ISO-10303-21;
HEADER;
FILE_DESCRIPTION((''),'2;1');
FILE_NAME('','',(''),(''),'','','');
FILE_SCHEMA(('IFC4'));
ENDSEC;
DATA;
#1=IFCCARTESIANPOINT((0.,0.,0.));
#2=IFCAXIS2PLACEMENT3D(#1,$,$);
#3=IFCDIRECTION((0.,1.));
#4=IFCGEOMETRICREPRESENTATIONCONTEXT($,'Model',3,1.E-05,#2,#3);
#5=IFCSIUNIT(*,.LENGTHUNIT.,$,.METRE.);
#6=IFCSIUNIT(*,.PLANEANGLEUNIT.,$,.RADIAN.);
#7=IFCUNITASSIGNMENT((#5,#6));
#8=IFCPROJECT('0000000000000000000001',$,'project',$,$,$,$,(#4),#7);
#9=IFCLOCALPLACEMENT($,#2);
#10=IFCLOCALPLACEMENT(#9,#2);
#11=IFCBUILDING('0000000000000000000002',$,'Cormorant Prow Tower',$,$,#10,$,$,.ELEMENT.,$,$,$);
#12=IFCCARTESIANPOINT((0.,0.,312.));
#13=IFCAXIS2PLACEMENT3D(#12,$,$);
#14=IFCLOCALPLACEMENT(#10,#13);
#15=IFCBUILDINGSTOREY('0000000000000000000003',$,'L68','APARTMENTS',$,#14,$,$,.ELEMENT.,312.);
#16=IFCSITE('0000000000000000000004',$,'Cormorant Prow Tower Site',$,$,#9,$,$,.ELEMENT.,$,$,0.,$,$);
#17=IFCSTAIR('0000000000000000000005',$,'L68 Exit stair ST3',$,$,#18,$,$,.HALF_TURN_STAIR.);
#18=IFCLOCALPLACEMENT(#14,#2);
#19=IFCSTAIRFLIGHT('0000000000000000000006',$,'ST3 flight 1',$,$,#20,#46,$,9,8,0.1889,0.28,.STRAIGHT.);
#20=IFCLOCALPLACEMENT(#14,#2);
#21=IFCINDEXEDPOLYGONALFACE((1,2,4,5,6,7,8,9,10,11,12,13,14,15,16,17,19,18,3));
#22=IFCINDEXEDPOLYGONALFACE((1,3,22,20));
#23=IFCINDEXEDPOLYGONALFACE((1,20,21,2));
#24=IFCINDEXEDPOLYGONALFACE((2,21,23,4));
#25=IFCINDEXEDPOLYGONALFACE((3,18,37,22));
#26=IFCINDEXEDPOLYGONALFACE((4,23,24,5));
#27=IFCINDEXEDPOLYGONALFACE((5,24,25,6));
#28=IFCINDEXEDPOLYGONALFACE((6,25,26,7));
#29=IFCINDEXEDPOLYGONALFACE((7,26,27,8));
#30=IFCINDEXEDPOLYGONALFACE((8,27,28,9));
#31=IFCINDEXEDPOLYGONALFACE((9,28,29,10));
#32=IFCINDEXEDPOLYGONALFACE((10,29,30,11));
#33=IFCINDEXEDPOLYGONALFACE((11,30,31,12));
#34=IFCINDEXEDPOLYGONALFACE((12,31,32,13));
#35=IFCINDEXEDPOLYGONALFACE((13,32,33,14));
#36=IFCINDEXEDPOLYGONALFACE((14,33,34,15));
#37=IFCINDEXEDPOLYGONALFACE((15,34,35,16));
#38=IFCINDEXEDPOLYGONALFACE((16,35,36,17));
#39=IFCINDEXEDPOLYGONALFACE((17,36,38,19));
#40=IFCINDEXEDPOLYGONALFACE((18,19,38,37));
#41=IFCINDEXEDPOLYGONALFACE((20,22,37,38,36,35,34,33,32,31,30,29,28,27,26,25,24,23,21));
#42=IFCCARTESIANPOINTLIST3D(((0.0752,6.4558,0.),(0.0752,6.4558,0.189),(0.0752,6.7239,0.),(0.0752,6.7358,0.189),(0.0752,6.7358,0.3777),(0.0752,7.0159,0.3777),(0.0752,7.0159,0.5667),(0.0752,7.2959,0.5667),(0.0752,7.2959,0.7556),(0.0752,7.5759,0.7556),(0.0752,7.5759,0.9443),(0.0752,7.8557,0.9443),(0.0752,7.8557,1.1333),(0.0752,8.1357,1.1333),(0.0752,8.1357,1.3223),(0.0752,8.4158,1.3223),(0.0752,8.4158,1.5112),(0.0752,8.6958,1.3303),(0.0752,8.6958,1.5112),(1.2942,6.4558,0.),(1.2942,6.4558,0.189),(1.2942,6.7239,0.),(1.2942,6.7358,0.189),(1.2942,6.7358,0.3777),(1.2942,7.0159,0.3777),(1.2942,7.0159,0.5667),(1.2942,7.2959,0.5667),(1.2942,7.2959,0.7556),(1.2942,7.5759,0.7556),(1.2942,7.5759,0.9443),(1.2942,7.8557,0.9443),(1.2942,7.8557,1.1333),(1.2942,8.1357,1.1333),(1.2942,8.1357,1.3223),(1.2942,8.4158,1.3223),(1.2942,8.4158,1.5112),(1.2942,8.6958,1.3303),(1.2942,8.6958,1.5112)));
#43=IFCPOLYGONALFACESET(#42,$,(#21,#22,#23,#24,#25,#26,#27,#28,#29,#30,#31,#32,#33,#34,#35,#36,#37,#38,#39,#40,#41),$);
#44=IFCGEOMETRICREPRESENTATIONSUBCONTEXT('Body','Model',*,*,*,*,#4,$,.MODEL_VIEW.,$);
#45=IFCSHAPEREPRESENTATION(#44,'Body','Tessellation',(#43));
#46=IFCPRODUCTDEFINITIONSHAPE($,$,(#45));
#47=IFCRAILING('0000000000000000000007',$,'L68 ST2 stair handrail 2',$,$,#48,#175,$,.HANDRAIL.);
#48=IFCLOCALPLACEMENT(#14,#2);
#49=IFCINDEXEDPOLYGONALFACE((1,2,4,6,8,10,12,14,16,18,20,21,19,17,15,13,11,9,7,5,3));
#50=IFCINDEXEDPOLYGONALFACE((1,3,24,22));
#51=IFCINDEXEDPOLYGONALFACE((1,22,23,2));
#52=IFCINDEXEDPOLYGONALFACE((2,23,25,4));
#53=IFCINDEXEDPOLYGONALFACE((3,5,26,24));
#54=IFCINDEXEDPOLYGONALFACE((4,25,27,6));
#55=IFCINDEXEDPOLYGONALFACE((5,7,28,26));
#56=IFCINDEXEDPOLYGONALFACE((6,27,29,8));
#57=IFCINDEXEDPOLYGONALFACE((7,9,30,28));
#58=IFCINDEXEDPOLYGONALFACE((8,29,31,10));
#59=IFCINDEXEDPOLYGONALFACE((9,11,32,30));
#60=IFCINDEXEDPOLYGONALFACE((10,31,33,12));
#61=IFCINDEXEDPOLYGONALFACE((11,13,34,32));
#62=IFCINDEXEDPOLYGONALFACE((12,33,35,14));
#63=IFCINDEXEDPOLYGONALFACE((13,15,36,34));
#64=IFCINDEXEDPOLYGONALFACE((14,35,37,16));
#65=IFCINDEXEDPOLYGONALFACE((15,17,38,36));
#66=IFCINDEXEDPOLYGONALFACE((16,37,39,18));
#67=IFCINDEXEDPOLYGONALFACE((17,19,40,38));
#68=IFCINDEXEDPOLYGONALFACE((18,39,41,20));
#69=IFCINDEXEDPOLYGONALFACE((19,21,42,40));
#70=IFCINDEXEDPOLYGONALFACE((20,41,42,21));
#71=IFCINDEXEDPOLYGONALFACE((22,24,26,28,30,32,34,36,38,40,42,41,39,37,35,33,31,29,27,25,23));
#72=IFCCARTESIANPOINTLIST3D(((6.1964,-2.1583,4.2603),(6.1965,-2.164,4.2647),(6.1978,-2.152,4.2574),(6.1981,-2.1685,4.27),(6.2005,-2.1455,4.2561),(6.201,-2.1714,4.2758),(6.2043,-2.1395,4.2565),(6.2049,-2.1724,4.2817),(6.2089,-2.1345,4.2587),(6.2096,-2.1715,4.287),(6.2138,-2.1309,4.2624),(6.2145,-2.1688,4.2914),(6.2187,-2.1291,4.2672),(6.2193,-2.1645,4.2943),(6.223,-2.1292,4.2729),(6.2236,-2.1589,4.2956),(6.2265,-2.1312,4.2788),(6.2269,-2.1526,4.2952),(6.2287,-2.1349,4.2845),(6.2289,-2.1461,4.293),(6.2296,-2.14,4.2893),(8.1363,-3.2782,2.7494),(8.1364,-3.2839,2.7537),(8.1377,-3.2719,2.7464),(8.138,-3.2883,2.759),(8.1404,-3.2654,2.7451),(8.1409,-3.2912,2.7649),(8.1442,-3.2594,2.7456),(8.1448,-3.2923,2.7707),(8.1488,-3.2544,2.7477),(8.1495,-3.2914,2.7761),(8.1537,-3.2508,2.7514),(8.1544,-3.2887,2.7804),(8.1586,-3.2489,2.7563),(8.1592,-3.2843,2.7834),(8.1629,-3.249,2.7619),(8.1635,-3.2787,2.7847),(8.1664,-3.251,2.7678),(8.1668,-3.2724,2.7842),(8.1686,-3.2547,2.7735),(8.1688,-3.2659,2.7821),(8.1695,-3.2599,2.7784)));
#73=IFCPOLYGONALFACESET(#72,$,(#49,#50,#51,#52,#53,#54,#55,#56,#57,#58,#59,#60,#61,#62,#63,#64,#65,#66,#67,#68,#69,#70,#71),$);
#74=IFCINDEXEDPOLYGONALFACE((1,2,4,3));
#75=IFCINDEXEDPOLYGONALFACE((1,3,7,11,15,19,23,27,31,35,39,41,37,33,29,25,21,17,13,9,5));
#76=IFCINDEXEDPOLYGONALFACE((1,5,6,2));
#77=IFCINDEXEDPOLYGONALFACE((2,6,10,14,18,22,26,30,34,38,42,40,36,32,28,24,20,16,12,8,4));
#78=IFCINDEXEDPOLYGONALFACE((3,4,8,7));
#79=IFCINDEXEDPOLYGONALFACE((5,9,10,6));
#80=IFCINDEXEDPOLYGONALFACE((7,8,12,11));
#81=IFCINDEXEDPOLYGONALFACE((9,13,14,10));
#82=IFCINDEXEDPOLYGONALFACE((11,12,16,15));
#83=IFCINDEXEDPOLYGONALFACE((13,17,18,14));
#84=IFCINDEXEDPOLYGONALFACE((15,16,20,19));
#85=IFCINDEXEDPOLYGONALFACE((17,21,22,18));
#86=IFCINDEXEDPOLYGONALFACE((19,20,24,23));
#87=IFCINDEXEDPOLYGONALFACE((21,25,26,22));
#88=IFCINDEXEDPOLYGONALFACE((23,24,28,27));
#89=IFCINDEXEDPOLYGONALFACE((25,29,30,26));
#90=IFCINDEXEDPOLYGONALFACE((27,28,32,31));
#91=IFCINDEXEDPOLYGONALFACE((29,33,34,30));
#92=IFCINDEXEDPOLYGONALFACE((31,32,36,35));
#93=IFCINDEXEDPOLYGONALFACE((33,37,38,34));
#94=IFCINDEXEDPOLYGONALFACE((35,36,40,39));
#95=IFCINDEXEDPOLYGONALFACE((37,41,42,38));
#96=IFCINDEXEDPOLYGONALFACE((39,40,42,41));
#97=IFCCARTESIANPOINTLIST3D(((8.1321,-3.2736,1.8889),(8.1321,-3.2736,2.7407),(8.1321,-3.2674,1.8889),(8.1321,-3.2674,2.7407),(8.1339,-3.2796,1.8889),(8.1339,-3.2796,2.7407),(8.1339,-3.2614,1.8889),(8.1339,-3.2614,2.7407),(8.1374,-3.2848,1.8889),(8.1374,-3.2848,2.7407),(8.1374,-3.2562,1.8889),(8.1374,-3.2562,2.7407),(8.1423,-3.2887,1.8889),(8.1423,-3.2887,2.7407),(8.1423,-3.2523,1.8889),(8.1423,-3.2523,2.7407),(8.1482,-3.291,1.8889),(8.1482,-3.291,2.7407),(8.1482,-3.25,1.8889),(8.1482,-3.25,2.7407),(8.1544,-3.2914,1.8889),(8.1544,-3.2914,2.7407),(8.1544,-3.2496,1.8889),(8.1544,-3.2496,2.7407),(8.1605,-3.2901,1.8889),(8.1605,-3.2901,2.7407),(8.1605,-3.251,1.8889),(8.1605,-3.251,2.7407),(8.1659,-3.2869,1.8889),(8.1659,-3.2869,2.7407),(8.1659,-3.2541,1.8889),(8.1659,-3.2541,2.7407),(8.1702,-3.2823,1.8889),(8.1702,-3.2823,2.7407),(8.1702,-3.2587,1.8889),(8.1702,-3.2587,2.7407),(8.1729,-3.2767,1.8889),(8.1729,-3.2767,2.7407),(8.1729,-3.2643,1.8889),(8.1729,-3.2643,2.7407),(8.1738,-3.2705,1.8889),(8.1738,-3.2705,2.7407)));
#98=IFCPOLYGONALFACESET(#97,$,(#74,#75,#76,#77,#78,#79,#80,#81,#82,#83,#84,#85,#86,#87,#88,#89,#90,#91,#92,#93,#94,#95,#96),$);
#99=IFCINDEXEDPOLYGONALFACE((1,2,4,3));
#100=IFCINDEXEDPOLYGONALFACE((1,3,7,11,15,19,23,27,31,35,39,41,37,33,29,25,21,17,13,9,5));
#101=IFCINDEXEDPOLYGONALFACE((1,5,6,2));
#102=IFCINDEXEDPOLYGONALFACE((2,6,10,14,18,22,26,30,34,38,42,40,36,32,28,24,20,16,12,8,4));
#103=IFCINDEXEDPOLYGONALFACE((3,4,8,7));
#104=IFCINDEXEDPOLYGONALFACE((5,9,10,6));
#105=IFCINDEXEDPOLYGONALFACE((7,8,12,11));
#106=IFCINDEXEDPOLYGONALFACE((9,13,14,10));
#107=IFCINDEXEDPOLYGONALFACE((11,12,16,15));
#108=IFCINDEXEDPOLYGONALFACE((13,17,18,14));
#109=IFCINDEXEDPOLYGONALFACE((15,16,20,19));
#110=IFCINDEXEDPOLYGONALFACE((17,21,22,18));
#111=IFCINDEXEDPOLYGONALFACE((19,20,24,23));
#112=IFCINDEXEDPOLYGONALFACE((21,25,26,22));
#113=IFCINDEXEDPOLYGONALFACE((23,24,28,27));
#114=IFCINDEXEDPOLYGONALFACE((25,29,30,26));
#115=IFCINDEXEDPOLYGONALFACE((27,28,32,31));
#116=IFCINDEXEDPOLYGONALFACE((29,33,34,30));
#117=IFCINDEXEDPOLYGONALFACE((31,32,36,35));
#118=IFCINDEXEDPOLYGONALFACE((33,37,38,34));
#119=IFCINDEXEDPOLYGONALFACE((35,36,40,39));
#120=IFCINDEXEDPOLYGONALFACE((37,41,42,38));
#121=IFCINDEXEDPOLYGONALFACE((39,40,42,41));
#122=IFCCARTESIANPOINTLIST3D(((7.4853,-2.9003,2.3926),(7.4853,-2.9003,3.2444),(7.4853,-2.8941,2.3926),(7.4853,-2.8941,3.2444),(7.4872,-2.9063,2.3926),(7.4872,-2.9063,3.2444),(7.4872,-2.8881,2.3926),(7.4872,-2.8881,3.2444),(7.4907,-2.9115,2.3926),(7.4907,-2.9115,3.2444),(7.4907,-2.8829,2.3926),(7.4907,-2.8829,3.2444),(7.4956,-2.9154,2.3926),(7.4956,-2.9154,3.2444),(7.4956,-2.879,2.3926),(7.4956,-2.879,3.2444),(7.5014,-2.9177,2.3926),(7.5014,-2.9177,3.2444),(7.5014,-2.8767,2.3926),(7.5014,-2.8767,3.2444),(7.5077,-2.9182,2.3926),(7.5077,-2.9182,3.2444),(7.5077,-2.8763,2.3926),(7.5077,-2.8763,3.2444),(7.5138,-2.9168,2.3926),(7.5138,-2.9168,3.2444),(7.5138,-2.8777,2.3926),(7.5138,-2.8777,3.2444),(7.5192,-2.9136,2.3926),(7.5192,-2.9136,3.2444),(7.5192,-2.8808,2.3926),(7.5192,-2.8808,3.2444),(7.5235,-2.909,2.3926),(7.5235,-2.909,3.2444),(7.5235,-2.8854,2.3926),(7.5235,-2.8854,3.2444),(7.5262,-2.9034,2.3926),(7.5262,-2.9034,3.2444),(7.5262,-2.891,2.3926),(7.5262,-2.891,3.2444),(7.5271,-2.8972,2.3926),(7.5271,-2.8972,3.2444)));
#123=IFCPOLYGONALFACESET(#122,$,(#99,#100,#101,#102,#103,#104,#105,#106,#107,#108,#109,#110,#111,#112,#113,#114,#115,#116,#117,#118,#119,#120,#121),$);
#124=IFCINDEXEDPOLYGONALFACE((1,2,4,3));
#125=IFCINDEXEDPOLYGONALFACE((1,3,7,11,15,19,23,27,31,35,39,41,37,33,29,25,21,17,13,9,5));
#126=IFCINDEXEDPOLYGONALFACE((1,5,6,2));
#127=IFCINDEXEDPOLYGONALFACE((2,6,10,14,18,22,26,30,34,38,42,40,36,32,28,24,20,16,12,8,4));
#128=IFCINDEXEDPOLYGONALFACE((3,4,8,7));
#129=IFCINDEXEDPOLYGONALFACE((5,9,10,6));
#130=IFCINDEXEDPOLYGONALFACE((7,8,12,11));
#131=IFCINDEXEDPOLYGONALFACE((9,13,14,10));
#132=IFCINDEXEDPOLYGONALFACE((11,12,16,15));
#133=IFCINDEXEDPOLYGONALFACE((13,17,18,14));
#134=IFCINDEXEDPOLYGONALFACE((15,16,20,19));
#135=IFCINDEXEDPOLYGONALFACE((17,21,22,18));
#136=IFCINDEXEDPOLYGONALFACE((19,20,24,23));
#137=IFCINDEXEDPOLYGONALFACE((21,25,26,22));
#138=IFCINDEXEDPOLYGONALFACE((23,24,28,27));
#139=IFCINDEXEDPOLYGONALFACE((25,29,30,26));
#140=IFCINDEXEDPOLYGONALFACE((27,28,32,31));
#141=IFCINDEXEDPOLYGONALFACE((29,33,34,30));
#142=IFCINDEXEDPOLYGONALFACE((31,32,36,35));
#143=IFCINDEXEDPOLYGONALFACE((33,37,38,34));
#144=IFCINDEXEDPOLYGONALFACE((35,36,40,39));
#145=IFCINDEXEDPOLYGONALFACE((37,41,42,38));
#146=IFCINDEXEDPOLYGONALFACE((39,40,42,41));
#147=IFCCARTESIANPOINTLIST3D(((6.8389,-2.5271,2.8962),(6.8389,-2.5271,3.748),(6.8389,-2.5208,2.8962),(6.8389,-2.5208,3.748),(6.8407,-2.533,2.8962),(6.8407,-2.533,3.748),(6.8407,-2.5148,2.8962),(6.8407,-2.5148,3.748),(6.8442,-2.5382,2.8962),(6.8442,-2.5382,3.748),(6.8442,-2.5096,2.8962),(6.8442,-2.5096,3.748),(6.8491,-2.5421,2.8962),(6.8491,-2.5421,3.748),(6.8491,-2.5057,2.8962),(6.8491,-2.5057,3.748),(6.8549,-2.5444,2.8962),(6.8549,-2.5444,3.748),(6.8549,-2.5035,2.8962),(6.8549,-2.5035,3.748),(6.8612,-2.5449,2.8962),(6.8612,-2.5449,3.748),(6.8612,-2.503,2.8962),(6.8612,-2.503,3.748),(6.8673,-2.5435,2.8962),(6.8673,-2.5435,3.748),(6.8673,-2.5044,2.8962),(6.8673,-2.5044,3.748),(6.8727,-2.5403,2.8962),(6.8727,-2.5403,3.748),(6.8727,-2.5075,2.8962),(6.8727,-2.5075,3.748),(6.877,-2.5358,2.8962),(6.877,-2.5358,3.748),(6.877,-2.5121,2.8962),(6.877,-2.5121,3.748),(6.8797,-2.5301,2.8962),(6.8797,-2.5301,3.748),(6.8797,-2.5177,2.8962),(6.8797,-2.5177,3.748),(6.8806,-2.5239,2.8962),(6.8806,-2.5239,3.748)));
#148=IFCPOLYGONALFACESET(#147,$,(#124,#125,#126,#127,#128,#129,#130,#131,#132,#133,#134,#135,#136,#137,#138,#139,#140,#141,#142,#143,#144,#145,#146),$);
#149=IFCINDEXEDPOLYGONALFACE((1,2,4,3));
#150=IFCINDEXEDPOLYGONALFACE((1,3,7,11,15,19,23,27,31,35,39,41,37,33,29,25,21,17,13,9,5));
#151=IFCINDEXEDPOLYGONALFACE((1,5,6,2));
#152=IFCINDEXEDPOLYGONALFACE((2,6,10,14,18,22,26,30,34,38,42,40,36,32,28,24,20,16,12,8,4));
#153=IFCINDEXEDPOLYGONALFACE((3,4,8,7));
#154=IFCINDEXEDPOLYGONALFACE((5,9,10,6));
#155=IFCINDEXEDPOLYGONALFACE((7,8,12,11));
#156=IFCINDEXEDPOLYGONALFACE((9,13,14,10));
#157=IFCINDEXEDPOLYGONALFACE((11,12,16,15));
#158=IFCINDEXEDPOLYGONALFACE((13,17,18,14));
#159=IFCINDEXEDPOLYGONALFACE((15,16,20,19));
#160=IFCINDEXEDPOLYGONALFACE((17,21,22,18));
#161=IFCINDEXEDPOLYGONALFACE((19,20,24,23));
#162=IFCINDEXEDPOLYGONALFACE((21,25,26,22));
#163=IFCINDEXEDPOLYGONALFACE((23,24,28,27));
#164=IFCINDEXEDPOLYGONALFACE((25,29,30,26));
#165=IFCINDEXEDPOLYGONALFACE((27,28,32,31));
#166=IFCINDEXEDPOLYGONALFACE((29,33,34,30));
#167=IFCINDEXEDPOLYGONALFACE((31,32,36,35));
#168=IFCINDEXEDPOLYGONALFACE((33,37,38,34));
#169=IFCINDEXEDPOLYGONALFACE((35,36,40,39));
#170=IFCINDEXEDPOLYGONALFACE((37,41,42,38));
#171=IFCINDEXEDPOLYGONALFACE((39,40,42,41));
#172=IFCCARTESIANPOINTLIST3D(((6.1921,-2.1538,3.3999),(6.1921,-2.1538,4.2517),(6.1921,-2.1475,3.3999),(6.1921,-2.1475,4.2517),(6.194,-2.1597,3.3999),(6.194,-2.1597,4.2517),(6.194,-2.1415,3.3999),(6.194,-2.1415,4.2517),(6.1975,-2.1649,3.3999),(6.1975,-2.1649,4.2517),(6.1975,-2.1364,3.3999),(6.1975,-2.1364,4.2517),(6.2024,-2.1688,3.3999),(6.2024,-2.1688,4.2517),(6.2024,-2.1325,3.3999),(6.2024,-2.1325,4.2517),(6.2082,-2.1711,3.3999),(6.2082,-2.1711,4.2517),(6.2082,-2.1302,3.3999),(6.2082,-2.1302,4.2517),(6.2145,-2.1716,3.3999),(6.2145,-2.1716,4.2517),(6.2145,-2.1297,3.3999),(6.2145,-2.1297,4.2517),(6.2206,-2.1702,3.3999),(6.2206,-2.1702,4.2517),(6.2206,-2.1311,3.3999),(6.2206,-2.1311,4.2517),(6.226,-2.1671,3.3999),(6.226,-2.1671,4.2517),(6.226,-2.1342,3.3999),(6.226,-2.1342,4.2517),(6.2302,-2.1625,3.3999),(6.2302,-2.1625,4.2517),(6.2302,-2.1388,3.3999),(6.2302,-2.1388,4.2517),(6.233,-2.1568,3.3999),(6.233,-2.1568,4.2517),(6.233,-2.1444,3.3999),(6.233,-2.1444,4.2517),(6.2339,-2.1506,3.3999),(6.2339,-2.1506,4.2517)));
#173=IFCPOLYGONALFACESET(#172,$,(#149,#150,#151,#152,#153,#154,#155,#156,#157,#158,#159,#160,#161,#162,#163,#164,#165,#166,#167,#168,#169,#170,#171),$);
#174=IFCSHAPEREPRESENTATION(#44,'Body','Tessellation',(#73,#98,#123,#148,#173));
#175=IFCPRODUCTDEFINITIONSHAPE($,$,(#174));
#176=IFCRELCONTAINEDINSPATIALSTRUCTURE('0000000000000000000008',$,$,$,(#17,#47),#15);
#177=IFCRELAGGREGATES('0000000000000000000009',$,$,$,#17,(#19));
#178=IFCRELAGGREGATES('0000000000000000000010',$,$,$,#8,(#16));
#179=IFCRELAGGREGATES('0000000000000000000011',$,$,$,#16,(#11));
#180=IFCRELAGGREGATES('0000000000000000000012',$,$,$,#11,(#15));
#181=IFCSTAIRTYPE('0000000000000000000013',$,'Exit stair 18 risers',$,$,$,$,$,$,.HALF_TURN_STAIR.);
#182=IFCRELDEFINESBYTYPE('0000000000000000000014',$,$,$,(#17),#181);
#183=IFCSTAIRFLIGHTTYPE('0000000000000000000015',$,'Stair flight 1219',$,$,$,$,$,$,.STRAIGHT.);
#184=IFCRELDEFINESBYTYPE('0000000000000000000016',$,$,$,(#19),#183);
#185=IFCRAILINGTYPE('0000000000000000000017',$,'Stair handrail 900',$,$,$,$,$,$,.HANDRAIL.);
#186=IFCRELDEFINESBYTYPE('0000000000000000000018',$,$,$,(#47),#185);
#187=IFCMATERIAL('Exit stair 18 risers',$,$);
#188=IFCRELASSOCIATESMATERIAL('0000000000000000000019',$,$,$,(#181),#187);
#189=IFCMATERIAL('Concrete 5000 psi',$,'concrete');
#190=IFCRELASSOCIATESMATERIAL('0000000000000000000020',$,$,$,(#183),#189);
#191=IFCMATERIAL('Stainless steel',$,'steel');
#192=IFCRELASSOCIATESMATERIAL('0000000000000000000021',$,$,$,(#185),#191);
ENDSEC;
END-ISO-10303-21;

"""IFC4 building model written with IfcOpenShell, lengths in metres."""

from ifc_helpers import new_model, si_unit, direction, frame, origin, origin_2d, place, context, subcontext, project, spatial, polyline, circle, outline, extrude, material, type_object, element, aggregate, save


model = new_model("IFC4")

# Units and contexts
model_context = context("Model", 3, precision=1e-05, world=origin(), true_north=direction((0.0, 1.0)))
body_context = subcontext(model_context, "Body", "Model", "MODEL_VIEW")
ifc_project = project(units=[si_unit("LENGTHUNIT", "METRE"), si_unit("PLANEANGLEUNIT", "RADIAN")], contexts=[model_context])

# Site, building, storey
site_placement = place(None, origin())
site = spatial("IfcSite", under=ifc_project, at=site_placement, Name="Cormorant Prow Tower Site", CompositionType="ELEMENT", RefElevation=0.0)
building_placement = place(site_placement, origin())
building = spatial("IfcBuilding", under=site, at=building_placement, Name="Cormorant Prow Tower", CompositionType="ELEMENT")
storey_placement = place(building_placement, frame((0.0, 0.0, 312.0)))
storey = spatial("IfcBuildingStorey", under=building, at=storey_placement, Name="L68", Description="APARTMENTS", CompositionType="ELEMENT", Elevation=312.0)

# Stair
ifc_material_1 = material(Name="Exit stair 18 risers")
stair_type = type_object("IfcStairType", Name="Exit stair 18 risers", PredefinedType="HALF_TURN_STAIR", material=ifc_material_1)
stair_1_placement = place(storey_placement, origin())
stair_1 = element("IfcStair", 1, at=stair_1_placement, inside=storey, type_object=stair_type, Name="L68 Exit stair ST3", PredefinedType="HALF_TURN_STAIR")

# Stair flight
ifc_material_2 = material(Name="Concrete 5000 psi", Category="concrete")
stair_flight_type = type_object("IfcStairFlightType", Name="Stair flight 1219", PredefinedType="STRAIGHT", material=ifc_material_2)
stair_flight_placement = place(storey_placement, frame((0.6846, 6.4558, 0.0), z_axis=(0.0, 0.0, 1.0), x_axis=(0.0, 1.0, 0.0)))
stair_flight = element("IfcStairFlight", 2, at=stair_flight_placement, type_object=stair_flight_type, Name="ST3 flight 1", NumberOfRisers=9, NumberOfTreads=8, PredefinedType="STRAIGHT", RiserHeight=0.1889, TreadLength=0.28, context=body_context, shape_type="SweptSolid", body=[
    extrude(outline(polyline([(0.0, 0.0), (0.0, 0.189), (0.28, 0.189), (0.28, 0.3777), (0.5601, 0.3777), (0.5601, 0.5667), (0.8401, 0.5667), (0.8401, 0.7556), (1.1201, 0.7556), (1.1201, 0.9443), (1.3999, 0.9443), (1.3999, 1.1333), (1.6799, 1.1333), (1.6799, 1.3223), (1.96, 1.3223), (1.96, 1.5112), (2.24, 1.5112), (2.24, 1.7), (2.24, 1.3303), (0.2681, 0.0), (0.0, 0.0)])), frame((0.0, 0.6094, 0.0), z_axis=(0.0, -1.0, 0.0), x_axis=(1.0, 0.0, 0.0)), (0.0, 0.0, 1.0), 1.219),
])
aggregate(stair_1, [stair_flight])

# Railing
ifc_material_3 = material(Name="Stainless steel", Category="steel")
railing_type_1 = type_object("IfcRailingType", Name="Stair handrail 900", PredefinedType="HANDRAIL", material=ifc_material_3)
railing_1_placement = place(storey_placement, frame((8.1528, -3.2705, 1.8889)))
element("IfcRailing", 3, at=railing_1_placement, inside=storey, type_object=railing_type_1, Name="L68 ST2 stair handrail 2", PredefinedType="HANDRAIL", context=body_context, shape_type="SweptSolid", body=[
    extrude(circle(Radius=0.0239, at=origin_2d()), frame((0.0, 0.0, 0.876), z_axis=(-0.717977, 0.414467, 0.559219), x_axis=(-0.499949, -0.866055, 0.0)), (0.0, 0.0, 1.0), 2.7019),
    extrude(circle(Radius=0.021, at=origin_2d()), origin(), (0.0, 0.0, 1.0), 0.8518),
    extrude(circle(Radius=0.021, at=origin_2d()), frame((-0.6467, 0.3733, 0.5037)), (0.0, 0.0, 1.0), 0.8518),
    extrude(circle(Radius=0.021, at=origin_2d()), frame((-1.2932, 0.7466, 1.0073)), (0.0, 0.0, 1.0), 0.8518),
    extrude(circle(Radius=0.021, at=origin_2d()), frame((-1.9399, 1.1199, 1.511)), (0.0, 0.0, 1.0), 0.8518),
])

save(model, "model.ifc")
